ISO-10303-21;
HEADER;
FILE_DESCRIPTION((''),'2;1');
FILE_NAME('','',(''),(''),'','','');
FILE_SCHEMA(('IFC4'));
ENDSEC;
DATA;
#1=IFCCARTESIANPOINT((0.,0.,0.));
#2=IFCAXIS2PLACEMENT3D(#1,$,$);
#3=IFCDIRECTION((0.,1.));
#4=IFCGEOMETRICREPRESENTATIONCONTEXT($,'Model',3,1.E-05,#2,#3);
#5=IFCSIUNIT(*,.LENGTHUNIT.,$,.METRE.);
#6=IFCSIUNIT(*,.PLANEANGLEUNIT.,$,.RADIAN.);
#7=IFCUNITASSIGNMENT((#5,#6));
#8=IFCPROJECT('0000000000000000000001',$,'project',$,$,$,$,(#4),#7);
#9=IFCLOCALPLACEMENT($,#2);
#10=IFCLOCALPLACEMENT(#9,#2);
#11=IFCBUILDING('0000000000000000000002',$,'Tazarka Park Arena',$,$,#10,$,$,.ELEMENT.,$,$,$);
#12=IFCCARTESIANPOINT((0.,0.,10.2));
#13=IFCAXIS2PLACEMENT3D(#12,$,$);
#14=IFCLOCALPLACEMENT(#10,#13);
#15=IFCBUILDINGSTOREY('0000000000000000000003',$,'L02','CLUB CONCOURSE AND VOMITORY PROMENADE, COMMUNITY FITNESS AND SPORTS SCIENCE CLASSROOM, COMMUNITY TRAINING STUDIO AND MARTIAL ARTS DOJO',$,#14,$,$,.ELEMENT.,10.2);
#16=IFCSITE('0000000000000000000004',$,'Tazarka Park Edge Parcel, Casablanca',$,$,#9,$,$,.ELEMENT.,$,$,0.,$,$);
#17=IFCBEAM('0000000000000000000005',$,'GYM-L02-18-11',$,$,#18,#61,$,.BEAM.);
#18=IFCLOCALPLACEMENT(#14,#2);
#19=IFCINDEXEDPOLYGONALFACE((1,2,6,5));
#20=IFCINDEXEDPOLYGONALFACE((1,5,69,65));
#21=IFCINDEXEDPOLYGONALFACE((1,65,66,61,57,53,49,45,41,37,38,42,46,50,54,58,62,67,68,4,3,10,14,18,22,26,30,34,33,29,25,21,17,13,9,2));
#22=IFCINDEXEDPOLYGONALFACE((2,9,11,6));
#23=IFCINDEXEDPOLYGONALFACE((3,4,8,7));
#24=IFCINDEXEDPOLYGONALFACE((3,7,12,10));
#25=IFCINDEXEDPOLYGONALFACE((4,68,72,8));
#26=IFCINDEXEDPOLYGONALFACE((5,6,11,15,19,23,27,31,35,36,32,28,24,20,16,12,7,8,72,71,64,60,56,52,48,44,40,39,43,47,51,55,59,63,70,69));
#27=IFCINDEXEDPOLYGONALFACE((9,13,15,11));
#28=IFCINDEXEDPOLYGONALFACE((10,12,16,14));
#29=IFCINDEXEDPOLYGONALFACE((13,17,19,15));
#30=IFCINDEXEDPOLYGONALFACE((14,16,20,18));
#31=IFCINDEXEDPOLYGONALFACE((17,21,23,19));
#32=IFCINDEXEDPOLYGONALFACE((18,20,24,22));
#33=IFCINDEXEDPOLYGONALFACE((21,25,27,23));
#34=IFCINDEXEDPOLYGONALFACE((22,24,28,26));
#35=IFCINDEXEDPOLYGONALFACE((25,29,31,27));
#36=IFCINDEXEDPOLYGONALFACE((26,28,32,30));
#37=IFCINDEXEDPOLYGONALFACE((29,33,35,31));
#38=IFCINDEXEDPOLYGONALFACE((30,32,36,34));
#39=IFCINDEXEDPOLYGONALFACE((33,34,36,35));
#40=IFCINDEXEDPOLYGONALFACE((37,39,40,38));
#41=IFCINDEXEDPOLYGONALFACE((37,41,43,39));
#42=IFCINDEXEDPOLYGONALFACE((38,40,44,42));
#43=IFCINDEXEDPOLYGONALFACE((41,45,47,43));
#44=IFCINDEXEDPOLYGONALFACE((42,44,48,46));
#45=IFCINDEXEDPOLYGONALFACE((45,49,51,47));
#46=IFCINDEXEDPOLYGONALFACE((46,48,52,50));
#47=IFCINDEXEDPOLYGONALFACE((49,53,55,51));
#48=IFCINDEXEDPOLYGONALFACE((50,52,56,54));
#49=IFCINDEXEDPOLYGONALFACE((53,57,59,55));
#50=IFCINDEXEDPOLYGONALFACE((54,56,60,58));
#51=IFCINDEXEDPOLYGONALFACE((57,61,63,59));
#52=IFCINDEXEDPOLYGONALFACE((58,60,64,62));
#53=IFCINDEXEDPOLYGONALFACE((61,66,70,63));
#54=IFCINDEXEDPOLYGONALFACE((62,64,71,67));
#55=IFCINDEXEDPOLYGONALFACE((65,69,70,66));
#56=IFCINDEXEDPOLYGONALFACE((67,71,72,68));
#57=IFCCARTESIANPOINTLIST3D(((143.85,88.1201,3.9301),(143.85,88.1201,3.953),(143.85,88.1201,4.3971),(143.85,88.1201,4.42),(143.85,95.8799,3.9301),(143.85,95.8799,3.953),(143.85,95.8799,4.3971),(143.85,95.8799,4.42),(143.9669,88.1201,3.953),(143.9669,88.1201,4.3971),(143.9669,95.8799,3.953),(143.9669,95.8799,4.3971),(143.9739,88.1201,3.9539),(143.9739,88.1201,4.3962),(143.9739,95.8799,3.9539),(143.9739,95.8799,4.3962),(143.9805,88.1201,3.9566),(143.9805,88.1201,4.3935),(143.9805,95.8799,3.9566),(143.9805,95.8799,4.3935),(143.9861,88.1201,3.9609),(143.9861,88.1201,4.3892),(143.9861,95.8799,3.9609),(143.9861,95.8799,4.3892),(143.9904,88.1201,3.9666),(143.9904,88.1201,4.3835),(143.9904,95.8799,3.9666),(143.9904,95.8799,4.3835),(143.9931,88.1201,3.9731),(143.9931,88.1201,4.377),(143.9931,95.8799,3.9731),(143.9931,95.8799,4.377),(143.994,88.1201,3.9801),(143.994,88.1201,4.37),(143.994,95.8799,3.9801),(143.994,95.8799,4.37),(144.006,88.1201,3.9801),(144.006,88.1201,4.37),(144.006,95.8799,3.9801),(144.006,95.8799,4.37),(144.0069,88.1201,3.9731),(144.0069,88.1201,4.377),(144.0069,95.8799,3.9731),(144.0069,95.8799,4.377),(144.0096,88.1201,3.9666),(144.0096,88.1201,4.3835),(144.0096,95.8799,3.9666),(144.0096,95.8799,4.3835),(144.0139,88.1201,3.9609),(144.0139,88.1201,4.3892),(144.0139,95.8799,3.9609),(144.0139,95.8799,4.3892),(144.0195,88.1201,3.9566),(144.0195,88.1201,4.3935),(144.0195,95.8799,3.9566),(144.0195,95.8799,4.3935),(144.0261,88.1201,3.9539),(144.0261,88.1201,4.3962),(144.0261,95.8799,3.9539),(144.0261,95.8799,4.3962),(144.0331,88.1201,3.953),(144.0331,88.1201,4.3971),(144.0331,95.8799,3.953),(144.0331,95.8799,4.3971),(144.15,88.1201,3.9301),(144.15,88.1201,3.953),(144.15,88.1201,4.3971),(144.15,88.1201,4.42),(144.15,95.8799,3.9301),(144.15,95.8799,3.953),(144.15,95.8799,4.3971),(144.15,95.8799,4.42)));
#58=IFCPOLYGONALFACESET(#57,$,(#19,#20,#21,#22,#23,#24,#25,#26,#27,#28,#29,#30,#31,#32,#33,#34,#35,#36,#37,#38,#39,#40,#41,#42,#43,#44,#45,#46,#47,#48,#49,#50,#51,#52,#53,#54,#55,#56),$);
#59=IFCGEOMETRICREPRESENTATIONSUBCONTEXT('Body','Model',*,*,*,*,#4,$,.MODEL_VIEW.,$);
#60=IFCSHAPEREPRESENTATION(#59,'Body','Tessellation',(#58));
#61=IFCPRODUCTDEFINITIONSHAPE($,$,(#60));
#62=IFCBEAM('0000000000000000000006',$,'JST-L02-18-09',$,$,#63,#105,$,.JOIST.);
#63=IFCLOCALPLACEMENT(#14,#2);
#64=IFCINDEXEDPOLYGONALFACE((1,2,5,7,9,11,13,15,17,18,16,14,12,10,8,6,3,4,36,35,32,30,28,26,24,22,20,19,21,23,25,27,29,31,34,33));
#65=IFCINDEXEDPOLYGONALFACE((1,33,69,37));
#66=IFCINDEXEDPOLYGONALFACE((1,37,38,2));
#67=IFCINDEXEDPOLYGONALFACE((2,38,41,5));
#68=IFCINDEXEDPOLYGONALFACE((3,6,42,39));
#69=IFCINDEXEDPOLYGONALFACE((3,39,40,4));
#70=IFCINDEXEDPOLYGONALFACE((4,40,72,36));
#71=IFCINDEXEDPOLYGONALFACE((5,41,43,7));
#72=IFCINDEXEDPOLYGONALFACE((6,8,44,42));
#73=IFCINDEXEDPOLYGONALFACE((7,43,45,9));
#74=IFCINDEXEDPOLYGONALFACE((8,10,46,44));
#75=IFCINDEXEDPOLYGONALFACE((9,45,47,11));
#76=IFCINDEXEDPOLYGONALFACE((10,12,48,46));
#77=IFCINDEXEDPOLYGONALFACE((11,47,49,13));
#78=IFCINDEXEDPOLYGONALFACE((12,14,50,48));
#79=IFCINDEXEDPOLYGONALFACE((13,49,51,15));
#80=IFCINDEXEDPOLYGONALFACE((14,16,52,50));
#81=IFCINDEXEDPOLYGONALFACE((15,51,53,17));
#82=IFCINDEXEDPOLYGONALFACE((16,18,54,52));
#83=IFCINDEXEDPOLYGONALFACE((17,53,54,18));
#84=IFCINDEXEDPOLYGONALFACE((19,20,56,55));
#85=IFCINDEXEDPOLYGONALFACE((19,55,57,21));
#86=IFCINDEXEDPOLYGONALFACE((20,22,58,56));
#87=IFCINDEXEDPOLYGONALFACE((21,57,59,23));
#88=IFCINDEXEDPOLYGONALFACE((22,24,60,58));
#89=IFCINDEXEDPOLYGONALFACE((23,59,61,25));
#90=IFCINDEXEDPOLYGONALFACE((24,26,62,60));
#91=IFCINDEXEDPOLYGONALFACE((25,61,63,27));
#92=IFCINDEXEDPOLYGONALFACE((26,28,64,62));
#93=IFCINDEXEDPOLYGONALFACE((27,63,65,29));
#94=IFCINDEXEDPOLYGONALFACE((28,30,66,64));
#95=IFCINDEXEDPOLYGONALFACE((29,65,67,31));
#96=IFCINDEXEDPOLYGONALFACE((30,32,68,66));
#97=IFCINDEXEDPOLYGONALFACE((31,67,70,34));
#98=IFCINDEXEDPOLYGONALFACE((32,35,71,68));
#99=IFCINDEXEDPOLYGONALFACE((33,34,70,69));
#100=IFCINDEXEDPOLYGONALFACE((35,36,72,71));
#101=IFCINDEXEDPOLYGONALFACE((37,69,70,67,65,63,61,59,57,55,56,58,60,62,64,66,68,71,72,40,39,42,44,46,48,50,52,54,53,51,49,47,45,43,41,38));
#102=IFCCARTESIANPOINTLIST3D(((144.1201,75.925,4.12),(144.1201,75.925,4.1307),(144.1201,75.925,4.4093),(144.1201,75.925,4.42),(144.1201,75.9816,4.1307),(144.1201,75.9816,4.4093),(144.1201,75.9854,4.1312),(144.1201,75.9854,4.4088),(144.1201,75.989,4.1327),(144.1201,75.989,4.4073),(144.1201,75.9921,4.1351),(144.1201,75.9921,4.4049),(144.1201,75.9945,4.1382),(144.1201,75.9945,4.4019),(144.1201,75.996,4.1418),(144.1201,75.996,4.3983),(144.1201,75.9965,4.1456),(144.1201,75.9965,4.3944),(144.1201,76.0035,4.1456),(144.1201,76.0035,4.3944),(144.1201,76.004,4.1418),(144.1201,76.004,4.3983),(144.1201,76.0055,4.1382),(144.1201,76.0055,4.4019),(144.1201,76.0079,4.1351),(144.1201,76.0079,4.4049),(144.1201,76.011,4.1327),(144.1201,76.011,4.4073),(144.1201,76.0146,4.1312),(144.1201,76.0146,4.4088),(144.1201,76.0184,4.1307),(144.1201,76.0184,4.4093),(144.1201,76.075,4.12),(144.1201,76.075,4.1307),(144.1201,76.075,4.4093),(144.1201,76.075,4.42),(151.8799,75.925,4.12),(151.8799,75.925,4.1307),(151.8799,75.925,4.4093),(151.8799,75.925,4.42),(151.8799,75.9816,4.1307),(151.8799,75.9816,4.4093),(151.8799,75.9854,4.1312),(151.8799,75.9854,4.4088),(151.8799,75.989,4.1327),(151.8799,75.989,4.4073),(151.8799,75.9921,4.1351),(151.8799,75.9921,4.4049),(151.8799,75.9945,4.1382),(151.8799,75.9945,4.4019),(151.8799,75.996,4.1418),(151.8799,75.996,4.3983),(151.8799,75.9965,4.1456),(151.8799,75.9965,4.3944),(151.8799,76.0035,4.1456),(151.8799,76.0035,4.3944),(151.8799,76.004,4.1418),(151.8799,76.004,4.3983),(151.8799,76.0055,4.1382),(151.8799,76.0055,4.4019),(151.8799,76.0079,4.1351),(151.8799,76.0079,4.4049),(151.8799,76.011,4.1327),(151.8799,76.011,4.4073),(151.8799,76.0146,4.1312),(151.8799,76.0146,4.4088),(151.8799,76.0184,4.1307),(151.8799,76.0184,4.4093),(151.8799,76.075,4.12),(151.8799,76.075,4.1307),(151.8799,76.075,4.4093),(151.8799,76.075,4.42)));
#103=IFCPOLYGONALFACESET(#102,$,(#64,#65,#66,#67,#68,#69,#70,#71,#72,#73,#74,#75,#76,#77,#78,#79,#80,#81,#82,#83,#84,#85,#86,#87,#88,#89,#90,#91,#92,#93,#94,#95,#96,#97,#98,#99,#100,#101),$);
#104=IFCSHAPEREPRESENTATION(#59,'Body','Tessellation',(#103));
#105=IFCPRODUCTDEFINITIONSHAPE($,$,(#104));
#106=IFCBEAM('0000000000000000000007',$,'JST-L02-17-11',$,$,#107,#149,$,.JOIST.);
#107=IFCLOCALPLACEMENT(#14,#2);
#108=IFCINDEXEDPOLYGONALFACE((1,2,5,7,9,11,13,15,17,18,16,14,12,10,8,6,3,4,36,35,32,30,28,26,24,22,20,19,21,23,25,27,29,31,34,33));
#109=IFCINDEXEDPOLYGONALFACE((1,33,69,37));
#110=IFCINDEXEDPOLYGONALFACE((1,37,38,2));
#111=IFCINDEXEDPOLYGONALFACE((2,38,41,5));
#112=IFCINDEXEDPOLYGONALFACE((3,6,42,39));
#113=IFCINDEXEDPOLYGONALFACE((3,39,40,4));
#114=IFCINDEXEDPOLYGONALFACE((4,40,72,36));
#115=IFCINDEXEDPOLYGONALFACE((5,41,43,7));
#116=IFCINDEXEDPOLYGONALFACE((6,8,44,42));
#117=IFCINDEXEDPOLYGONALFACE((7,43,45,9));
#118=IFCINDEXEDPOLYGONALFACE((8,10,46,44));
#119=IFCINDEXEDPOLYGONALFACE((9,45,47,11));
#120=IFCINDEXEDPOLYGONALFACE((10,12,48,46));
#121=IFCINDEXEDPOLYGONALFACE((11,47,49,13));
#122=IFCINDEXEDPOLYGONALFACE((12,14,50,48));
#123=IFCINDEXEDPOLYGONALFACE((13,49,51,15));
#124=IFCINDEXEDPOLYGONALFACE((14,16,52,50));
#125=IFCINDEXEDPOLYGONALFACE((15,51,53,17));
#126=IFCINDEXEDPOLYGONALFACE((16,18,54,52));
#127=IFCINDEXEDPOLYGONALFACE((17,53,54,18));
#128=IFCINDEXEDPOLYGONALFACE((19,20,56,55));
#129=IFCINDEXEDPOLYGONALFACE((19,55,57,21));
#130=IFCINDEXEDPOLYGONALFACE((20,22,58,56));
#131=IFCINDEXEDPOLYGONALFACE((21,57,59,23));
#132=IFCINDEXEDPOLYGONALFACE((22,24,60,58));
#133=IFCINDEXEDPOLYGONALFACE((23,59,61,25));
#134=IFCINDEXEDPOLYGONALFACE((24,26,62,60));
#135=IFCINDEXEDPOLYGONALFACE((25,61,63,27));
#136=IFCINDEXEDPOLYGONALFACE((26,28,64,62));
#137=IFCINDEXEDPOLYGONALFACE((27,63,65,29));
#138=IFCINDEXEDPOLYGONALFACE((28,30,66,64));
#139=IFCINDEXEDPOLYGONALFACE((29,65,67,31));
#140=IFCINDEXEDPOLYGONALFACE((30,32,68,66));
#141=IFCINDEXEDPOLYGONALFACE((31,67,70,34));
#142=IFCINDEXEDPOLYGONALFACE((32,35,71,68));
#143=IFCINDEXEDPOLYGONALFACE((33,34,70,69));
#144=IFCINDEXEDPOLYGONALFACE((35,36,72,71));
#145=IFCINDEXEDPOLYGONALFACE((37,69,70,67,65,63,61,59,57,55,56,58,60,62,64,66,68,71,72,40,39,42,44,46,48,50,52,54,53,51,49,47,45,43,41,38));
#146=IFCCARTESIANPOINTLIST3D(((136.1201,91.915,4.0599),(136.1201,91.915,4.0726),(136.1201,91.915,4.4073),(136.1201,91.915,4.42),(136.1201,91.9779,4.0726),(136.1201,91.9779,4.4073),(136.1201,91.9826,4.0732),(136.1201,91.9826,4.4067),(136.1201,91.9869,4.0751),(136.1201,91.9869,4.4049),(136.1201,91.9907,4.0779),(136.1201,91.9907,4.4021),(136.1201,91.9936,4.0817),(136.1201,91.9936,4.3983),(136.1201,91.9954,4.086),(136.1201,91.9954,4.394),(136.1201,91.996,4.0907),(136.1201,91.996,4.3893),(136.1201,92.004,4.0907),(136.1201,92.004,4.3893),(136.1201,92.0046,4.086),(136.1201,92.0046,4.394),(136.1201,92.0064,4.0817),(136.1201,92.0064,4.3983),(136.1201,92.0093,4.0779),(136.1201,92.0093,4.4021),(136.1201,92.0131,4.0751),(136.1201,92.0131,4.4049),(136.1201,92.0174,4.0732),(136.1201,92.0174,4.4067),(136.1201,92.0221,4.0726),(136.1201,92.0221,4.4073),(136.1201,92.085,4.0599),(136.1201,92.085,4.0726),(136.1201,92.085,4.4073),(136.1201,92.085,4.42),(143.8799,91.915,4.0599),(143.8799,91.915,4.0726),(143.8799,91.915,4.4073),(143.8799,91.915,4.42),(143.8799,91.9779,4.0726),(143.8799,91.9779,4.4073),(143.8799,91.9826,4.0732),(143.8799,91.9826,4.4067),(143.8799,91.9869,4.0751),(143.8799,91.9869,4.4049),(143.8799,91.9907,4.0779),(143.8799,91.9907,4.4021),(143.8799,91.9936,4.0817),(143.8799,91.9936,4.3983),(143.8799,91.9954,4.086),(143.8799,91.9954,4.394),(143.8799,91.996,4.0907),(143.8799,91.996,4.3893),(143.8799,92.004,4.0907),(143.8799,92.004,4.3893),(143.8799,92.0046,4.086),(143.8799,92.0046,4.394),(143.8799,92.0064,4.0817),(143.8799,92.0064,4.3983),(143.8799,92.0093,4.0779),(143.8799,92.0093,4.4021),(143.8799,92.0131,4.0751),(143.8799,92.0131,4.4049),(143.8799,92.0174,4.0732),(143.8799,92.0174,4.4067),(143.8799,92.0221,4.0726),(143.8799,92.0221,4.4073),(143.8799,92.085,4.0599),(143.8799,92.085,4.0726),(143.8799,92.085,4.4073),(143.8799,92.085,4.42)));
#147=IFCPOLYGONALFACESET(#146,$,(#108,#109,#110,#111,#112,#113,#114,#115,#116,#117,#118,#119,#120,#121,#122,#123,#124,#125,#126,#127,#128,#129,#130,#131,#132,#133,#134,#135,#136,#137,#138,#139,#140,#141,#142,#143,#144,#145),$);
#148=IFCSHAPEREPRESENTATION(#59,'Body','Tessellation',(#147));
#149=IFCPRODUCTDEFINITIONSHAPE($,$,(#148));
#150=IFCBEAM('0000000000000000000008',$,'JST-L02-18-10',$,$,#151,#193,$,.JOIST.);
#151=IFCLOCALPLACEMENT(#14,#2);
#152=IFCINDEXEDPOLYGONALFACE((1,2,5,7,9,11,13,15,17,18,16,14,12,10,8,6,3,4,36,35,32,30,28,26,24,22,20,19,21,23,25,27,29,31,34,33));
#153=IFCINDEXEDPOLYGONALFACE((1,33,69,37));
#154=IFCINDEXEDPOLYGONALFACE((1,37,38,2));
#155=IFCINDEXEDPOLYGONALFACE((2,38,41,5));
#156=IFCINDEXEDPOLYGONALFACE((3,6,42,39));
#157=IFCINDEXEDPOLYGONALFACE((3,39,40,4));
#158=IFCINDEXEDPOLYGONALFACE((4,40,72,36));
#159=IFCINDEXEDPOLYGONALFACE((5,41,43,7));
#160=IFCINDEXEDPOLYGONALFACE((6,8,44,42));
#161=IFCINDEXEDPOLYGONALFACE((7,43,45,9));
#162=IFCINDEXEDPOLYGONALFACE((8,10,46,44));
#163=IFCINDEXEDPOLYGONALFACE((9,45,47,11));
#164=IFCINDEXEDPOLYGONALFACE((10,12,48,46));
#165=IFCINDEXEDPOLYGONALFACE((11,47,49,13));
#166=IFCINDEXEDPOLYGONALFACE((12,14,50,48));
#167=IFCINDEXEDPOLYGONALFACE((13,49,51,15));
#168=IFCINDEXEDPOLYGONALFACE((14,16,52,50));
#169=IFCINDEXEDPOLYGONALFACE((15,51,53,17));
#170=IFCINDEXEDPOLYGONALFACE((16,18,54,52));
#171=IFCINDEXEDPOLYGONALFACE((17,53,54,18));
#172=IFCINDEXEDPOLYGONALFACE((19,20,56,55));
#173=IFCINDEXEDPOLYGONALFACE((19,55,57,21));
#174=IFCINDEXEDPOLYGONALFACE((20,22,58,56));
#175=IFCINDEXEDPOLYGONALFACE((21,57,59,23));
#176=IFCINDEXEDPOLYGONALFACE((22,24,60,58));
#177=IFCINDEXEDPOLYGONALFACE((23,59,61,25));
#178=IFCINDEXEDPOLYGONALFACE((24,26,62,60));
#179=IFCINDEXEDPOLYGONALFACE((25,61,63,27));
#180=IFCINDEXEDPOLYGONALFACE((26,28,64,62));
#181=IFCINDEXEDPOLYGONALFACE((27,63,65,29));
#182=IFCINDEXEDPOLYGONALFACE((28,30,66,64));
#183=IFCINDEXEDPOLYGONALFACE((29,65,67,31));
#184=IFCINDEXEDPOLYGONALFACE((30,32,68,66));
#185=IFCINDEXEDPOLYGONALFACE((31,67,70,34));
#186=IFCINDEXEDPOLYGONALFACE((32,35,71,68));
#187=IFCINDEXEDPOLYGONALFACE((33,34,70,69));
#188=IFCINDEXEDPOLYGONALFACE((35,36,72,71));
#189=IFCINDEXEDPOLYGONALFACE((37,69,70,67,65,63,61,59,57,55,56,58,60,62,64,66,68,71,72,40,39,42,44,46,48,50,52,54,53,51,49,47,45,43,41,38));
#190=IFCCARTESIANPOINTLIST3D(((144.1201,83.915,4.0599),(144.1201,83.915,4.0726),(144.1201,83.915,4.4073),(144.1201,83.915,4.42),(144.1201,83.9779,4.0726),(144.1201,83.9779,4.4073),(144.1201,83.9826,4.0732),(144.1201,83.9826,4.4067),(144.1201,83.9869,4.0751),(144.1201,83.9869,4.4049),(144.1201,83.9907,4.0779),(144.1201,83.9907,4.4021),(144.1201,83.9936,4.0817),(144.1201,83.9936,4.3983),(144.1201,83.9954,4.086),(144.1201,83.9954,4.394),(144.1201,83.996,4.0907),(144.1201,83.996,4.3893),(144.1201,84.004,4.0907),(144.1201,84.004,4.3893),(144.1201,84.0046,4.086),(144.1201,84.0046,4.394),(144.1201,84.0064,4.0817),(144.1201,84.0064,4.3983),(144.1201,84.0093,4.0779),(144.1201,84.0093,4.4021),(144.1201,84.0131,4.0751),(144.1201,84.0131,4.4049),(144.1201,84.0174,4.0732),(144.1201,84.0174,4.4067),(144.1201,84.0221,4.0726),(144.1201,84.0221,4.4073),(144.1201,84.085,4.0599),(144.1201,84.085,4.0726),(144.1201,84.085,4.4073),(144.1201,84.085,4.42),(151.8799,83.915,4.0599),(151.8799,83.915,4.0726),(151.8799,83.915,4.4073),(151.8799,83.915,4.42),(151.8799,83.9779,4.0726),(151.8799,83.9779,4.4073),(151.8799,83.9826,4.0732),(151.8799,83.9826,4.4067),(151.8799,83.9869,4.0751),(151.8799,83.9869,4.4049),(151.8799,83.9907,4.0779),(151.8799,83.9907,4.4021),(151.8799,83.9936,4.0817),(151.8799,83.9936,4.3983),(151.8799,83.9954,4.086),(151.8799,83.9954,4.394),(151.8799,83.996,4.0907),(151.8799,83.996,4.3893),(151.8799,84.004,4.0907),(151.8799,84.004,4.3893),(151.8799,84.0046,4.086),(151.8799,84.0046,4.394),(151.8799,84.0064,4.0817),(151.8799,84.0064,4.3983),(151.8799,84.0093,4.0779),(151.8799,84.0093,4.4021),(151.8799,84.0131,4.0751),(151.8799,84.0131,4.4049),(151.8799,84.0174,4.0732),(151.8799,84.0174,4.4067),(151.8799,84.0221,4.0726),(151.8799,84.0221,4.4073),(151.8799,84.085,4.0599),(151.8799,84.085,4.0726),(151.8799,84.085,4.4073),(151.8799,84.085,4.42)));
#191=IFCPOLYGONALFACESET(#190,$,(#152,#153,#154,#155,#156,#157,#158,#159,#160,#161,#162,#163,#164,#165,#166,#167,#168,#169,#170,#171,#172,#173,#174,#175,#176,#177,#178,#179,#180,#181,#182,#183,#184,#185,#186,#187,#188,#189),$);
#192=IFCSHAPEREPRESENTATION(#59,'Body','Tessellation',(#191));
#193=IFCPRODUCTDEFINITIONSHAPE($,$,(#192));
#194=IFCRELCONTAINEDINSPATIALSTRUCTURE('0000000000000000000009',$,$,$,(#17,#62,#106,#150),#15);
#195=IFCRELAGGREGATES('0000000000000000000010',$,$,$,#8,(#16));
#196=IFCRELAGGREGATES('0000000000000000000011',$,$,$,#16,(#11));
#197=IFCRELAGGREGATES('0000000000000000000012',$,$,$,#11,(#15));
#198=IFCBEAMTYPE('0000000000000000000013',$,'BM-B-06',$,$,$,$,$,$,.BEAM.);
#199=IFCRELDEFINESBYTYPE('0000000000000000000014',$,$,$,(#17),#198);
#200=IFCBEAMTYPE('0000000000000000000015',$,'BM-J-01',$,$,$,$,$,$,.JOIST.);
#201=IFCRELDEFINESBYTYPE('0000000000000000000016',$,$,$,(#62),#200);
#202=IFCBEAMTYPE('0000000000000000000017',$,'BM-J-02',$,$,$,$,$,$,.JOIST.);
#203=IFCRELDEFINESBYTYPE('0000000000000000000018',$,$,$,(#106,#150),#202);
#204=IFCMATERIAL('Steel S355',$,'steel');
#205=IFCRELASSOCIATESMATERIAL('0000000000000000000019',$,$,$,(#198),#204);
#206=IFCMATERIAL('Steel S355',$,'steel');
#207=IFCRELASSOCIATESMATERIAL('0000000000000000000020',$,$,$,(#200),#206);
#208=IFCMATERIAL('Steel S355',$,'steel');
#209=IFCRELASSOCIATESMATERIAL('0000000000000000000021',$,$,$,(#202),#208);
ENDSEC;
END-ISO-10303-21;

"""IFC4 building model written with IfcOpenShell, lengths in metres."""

from ifc_helpers import new_model, si_unit, direction, frame, origin, origin_2d, place, context, subcontext, project, spatial, i_section, extrude, material, material_profile, profile_set, type_object, element, save


model = new_model("IFC4")

# Units and contexts
model_context = context("Model", 3, precision=1e-05, world=origin(), true_north=direction((0.0, 1.0)))
body_context = subcontext(model_context, "Body", "Model", "MODEL_VIEW")
ifc_project = project(units=[si_unit("LENGTHUNIT", "METRE"), si_unit("PLANEANGLEUNIT", "RADIAN")], contexts=[model_context])

# Site, building, storey
site_placement = place(None, origin())
site = spatial("IfcSite", under=ifc_project, at=site_placement, Name="Tazarka Park Edge Parcel, Casablanca", CompositionType="ELEMENT", RefElevation=0.0)
building_placement = place(site_placement, origin())
building = spatial("IfcBuilding", under=site, at=building_placement, Name="Tazarka Park Arena", CompositionType="ELEMENT")
storey_placement = place(building_placement, frame((0.0, 0.0, 10.2)))
storey = spatial("IfcBuildingStorey", under=building, at=storey_placement, Name="L02", Description="CLUB CONCOURSE AND VOMITORY PROMENADE, COMMUNITY FITNESS AND SPORTS SCIENCE CLASSROOM, COMMUNITY TRAINING STUDIO AND MARTIAL ARTS DOJO", CompositionType="ELEMENT", Elevation=10.2)

# Beams
ifc_material_1 = material(Name="Steel S355", Category="steel")
ifc_material_profile_1 = material_profile(ifc_material_1, i_section(OverallWidth=0.3, OverallDepth=0.49, WebThickness=0.012, FlangeThickness=0.0229, FilletRadius=0.0271, at=origin_2d()), Name="Steel S355")
ifc_profile_set_1 = profile_set([ifc_material_profile_1], Name="Steel S355")
beam_type_1 = type_object("IfcBeamType", Name="BM-B-06", PredefinedType="BEAM", material=ifc_profile_set_1)
for number, where, z_axis, x_axis, name in (
    (1, (144.0, 88.1201, 4.175), (0.0, 1.0, 0.0), (-1.0, 0.0, 0.0), "GYM-L02-18-11"),
):
    element("IfcBeam", number, at=place(storey_placement, frame(where, z_axis=z_axis, x_axis=x_axis)), inside=storey, type_object=beam_type_1, Name=name, PredefinedType="BEAM", context=body_context, shape_type="SweptSolid", body=[
        extrude(i_section(OverallWidth=0.3, OverallDepth=0.49, WebThickness=0.012, FlangeThickness=0.0229, FilletRadius=0.0271, at=origin_2d()), origin(), (0.0, 0.0, 1.0), 7.7598),
    ])
ifc_material_2 = material(Name="Steel S355", Category="steel")
ifc_material_profile_2 = material_profile(ifc_material_2, i_section(OverallWidth=0.1499, OverallDepth=0.3, WebThickness=0.0071, FlangeThickness=0.0107, FilletRadius=0.0149, at=origin_2d()), Name="Steel S355")
ifc_profile_set_2 = profile_set([ifc_material_profile_2], Name="Steel S355")
beam_type_2 = type_object("IfcBeamType", Name="BM-J-01", PredefinedType="JOIST", material=ifc_profile_set_2)
beam_1_placement = place(storey_placement, frame((144.1201, 76.0, 4.27), z_axis=(1.0, 0.0, 0.0), x_axis=(0.0, 1.0, 0.0)))
element("IfcBeam", 2, at=beam_1_placement, inside=storey, type_object=beam_type_2, Name="JST-L02-18-09", PredefinedType="JOIST", context=body_context, shape_type="SweptSolid", body=[
    extrude(i_section(OverallWidth=0.1499, OverallDepth=0.3, WebThickness=0.0071, FlangeThickness=0.0107, FilletRadius=0.0149, at=origin_2d()), origin(), (0.0, 0.0, 1.0), 7.7598),
])
ifc_material_3 = material(Name="Steel S355", Category="steel")
ifc_material_profile_3 = material_profile(ifc_material_3, i_section(OverallWidth=0.1699, OverallDepth=0.3601, WebThickness=0.0081, FlangeThickness=0.0127, FilletRadius=0.0181, at=origin_2d()), Name="Steel S355")
ifc_profile_set_3 = profile_set([ifc_material_profile_3], Name="Steel S355")
beam_type_3 = type_object("IfcBeamType", Name="BM-J-02", PredefinedType="JOIST", material=ifc_profile_set_3)
for number, where, z_axis, x_axis, name in (
    (3, (136.1201, 92.0, 4.24), (1.0, 0.0, 0.0), (0.0, 1.0, 0.0), "JST-L02-17-11"),
    (4, (144.1201, 84.0, 4.24), (1.0, 0.0, 0.0), (0.0, 1.0, 0.0), "JST-L02-18-10"),
):
    element("IfcBeam", number, at=place(storey_placement, frame(where, z_axis=z_axis, x_axis=x_axis)), inside=storey, type_object=beam_type_3, Name=name, PredefinedType="JOIST", context=body_context, shape_type="SweptSolid", body=[
        extrude(i_section(OverallWidth=0.1699, OverallDepth=0.3601, WebThickness=0.0081, FlangeThickness=0.0127, FilletRadius=0.0181, at=origin_2d()), origin(), (0.0, 0.0, 1.0), 7.7598),
    ])

save(model, "model.ifc")
